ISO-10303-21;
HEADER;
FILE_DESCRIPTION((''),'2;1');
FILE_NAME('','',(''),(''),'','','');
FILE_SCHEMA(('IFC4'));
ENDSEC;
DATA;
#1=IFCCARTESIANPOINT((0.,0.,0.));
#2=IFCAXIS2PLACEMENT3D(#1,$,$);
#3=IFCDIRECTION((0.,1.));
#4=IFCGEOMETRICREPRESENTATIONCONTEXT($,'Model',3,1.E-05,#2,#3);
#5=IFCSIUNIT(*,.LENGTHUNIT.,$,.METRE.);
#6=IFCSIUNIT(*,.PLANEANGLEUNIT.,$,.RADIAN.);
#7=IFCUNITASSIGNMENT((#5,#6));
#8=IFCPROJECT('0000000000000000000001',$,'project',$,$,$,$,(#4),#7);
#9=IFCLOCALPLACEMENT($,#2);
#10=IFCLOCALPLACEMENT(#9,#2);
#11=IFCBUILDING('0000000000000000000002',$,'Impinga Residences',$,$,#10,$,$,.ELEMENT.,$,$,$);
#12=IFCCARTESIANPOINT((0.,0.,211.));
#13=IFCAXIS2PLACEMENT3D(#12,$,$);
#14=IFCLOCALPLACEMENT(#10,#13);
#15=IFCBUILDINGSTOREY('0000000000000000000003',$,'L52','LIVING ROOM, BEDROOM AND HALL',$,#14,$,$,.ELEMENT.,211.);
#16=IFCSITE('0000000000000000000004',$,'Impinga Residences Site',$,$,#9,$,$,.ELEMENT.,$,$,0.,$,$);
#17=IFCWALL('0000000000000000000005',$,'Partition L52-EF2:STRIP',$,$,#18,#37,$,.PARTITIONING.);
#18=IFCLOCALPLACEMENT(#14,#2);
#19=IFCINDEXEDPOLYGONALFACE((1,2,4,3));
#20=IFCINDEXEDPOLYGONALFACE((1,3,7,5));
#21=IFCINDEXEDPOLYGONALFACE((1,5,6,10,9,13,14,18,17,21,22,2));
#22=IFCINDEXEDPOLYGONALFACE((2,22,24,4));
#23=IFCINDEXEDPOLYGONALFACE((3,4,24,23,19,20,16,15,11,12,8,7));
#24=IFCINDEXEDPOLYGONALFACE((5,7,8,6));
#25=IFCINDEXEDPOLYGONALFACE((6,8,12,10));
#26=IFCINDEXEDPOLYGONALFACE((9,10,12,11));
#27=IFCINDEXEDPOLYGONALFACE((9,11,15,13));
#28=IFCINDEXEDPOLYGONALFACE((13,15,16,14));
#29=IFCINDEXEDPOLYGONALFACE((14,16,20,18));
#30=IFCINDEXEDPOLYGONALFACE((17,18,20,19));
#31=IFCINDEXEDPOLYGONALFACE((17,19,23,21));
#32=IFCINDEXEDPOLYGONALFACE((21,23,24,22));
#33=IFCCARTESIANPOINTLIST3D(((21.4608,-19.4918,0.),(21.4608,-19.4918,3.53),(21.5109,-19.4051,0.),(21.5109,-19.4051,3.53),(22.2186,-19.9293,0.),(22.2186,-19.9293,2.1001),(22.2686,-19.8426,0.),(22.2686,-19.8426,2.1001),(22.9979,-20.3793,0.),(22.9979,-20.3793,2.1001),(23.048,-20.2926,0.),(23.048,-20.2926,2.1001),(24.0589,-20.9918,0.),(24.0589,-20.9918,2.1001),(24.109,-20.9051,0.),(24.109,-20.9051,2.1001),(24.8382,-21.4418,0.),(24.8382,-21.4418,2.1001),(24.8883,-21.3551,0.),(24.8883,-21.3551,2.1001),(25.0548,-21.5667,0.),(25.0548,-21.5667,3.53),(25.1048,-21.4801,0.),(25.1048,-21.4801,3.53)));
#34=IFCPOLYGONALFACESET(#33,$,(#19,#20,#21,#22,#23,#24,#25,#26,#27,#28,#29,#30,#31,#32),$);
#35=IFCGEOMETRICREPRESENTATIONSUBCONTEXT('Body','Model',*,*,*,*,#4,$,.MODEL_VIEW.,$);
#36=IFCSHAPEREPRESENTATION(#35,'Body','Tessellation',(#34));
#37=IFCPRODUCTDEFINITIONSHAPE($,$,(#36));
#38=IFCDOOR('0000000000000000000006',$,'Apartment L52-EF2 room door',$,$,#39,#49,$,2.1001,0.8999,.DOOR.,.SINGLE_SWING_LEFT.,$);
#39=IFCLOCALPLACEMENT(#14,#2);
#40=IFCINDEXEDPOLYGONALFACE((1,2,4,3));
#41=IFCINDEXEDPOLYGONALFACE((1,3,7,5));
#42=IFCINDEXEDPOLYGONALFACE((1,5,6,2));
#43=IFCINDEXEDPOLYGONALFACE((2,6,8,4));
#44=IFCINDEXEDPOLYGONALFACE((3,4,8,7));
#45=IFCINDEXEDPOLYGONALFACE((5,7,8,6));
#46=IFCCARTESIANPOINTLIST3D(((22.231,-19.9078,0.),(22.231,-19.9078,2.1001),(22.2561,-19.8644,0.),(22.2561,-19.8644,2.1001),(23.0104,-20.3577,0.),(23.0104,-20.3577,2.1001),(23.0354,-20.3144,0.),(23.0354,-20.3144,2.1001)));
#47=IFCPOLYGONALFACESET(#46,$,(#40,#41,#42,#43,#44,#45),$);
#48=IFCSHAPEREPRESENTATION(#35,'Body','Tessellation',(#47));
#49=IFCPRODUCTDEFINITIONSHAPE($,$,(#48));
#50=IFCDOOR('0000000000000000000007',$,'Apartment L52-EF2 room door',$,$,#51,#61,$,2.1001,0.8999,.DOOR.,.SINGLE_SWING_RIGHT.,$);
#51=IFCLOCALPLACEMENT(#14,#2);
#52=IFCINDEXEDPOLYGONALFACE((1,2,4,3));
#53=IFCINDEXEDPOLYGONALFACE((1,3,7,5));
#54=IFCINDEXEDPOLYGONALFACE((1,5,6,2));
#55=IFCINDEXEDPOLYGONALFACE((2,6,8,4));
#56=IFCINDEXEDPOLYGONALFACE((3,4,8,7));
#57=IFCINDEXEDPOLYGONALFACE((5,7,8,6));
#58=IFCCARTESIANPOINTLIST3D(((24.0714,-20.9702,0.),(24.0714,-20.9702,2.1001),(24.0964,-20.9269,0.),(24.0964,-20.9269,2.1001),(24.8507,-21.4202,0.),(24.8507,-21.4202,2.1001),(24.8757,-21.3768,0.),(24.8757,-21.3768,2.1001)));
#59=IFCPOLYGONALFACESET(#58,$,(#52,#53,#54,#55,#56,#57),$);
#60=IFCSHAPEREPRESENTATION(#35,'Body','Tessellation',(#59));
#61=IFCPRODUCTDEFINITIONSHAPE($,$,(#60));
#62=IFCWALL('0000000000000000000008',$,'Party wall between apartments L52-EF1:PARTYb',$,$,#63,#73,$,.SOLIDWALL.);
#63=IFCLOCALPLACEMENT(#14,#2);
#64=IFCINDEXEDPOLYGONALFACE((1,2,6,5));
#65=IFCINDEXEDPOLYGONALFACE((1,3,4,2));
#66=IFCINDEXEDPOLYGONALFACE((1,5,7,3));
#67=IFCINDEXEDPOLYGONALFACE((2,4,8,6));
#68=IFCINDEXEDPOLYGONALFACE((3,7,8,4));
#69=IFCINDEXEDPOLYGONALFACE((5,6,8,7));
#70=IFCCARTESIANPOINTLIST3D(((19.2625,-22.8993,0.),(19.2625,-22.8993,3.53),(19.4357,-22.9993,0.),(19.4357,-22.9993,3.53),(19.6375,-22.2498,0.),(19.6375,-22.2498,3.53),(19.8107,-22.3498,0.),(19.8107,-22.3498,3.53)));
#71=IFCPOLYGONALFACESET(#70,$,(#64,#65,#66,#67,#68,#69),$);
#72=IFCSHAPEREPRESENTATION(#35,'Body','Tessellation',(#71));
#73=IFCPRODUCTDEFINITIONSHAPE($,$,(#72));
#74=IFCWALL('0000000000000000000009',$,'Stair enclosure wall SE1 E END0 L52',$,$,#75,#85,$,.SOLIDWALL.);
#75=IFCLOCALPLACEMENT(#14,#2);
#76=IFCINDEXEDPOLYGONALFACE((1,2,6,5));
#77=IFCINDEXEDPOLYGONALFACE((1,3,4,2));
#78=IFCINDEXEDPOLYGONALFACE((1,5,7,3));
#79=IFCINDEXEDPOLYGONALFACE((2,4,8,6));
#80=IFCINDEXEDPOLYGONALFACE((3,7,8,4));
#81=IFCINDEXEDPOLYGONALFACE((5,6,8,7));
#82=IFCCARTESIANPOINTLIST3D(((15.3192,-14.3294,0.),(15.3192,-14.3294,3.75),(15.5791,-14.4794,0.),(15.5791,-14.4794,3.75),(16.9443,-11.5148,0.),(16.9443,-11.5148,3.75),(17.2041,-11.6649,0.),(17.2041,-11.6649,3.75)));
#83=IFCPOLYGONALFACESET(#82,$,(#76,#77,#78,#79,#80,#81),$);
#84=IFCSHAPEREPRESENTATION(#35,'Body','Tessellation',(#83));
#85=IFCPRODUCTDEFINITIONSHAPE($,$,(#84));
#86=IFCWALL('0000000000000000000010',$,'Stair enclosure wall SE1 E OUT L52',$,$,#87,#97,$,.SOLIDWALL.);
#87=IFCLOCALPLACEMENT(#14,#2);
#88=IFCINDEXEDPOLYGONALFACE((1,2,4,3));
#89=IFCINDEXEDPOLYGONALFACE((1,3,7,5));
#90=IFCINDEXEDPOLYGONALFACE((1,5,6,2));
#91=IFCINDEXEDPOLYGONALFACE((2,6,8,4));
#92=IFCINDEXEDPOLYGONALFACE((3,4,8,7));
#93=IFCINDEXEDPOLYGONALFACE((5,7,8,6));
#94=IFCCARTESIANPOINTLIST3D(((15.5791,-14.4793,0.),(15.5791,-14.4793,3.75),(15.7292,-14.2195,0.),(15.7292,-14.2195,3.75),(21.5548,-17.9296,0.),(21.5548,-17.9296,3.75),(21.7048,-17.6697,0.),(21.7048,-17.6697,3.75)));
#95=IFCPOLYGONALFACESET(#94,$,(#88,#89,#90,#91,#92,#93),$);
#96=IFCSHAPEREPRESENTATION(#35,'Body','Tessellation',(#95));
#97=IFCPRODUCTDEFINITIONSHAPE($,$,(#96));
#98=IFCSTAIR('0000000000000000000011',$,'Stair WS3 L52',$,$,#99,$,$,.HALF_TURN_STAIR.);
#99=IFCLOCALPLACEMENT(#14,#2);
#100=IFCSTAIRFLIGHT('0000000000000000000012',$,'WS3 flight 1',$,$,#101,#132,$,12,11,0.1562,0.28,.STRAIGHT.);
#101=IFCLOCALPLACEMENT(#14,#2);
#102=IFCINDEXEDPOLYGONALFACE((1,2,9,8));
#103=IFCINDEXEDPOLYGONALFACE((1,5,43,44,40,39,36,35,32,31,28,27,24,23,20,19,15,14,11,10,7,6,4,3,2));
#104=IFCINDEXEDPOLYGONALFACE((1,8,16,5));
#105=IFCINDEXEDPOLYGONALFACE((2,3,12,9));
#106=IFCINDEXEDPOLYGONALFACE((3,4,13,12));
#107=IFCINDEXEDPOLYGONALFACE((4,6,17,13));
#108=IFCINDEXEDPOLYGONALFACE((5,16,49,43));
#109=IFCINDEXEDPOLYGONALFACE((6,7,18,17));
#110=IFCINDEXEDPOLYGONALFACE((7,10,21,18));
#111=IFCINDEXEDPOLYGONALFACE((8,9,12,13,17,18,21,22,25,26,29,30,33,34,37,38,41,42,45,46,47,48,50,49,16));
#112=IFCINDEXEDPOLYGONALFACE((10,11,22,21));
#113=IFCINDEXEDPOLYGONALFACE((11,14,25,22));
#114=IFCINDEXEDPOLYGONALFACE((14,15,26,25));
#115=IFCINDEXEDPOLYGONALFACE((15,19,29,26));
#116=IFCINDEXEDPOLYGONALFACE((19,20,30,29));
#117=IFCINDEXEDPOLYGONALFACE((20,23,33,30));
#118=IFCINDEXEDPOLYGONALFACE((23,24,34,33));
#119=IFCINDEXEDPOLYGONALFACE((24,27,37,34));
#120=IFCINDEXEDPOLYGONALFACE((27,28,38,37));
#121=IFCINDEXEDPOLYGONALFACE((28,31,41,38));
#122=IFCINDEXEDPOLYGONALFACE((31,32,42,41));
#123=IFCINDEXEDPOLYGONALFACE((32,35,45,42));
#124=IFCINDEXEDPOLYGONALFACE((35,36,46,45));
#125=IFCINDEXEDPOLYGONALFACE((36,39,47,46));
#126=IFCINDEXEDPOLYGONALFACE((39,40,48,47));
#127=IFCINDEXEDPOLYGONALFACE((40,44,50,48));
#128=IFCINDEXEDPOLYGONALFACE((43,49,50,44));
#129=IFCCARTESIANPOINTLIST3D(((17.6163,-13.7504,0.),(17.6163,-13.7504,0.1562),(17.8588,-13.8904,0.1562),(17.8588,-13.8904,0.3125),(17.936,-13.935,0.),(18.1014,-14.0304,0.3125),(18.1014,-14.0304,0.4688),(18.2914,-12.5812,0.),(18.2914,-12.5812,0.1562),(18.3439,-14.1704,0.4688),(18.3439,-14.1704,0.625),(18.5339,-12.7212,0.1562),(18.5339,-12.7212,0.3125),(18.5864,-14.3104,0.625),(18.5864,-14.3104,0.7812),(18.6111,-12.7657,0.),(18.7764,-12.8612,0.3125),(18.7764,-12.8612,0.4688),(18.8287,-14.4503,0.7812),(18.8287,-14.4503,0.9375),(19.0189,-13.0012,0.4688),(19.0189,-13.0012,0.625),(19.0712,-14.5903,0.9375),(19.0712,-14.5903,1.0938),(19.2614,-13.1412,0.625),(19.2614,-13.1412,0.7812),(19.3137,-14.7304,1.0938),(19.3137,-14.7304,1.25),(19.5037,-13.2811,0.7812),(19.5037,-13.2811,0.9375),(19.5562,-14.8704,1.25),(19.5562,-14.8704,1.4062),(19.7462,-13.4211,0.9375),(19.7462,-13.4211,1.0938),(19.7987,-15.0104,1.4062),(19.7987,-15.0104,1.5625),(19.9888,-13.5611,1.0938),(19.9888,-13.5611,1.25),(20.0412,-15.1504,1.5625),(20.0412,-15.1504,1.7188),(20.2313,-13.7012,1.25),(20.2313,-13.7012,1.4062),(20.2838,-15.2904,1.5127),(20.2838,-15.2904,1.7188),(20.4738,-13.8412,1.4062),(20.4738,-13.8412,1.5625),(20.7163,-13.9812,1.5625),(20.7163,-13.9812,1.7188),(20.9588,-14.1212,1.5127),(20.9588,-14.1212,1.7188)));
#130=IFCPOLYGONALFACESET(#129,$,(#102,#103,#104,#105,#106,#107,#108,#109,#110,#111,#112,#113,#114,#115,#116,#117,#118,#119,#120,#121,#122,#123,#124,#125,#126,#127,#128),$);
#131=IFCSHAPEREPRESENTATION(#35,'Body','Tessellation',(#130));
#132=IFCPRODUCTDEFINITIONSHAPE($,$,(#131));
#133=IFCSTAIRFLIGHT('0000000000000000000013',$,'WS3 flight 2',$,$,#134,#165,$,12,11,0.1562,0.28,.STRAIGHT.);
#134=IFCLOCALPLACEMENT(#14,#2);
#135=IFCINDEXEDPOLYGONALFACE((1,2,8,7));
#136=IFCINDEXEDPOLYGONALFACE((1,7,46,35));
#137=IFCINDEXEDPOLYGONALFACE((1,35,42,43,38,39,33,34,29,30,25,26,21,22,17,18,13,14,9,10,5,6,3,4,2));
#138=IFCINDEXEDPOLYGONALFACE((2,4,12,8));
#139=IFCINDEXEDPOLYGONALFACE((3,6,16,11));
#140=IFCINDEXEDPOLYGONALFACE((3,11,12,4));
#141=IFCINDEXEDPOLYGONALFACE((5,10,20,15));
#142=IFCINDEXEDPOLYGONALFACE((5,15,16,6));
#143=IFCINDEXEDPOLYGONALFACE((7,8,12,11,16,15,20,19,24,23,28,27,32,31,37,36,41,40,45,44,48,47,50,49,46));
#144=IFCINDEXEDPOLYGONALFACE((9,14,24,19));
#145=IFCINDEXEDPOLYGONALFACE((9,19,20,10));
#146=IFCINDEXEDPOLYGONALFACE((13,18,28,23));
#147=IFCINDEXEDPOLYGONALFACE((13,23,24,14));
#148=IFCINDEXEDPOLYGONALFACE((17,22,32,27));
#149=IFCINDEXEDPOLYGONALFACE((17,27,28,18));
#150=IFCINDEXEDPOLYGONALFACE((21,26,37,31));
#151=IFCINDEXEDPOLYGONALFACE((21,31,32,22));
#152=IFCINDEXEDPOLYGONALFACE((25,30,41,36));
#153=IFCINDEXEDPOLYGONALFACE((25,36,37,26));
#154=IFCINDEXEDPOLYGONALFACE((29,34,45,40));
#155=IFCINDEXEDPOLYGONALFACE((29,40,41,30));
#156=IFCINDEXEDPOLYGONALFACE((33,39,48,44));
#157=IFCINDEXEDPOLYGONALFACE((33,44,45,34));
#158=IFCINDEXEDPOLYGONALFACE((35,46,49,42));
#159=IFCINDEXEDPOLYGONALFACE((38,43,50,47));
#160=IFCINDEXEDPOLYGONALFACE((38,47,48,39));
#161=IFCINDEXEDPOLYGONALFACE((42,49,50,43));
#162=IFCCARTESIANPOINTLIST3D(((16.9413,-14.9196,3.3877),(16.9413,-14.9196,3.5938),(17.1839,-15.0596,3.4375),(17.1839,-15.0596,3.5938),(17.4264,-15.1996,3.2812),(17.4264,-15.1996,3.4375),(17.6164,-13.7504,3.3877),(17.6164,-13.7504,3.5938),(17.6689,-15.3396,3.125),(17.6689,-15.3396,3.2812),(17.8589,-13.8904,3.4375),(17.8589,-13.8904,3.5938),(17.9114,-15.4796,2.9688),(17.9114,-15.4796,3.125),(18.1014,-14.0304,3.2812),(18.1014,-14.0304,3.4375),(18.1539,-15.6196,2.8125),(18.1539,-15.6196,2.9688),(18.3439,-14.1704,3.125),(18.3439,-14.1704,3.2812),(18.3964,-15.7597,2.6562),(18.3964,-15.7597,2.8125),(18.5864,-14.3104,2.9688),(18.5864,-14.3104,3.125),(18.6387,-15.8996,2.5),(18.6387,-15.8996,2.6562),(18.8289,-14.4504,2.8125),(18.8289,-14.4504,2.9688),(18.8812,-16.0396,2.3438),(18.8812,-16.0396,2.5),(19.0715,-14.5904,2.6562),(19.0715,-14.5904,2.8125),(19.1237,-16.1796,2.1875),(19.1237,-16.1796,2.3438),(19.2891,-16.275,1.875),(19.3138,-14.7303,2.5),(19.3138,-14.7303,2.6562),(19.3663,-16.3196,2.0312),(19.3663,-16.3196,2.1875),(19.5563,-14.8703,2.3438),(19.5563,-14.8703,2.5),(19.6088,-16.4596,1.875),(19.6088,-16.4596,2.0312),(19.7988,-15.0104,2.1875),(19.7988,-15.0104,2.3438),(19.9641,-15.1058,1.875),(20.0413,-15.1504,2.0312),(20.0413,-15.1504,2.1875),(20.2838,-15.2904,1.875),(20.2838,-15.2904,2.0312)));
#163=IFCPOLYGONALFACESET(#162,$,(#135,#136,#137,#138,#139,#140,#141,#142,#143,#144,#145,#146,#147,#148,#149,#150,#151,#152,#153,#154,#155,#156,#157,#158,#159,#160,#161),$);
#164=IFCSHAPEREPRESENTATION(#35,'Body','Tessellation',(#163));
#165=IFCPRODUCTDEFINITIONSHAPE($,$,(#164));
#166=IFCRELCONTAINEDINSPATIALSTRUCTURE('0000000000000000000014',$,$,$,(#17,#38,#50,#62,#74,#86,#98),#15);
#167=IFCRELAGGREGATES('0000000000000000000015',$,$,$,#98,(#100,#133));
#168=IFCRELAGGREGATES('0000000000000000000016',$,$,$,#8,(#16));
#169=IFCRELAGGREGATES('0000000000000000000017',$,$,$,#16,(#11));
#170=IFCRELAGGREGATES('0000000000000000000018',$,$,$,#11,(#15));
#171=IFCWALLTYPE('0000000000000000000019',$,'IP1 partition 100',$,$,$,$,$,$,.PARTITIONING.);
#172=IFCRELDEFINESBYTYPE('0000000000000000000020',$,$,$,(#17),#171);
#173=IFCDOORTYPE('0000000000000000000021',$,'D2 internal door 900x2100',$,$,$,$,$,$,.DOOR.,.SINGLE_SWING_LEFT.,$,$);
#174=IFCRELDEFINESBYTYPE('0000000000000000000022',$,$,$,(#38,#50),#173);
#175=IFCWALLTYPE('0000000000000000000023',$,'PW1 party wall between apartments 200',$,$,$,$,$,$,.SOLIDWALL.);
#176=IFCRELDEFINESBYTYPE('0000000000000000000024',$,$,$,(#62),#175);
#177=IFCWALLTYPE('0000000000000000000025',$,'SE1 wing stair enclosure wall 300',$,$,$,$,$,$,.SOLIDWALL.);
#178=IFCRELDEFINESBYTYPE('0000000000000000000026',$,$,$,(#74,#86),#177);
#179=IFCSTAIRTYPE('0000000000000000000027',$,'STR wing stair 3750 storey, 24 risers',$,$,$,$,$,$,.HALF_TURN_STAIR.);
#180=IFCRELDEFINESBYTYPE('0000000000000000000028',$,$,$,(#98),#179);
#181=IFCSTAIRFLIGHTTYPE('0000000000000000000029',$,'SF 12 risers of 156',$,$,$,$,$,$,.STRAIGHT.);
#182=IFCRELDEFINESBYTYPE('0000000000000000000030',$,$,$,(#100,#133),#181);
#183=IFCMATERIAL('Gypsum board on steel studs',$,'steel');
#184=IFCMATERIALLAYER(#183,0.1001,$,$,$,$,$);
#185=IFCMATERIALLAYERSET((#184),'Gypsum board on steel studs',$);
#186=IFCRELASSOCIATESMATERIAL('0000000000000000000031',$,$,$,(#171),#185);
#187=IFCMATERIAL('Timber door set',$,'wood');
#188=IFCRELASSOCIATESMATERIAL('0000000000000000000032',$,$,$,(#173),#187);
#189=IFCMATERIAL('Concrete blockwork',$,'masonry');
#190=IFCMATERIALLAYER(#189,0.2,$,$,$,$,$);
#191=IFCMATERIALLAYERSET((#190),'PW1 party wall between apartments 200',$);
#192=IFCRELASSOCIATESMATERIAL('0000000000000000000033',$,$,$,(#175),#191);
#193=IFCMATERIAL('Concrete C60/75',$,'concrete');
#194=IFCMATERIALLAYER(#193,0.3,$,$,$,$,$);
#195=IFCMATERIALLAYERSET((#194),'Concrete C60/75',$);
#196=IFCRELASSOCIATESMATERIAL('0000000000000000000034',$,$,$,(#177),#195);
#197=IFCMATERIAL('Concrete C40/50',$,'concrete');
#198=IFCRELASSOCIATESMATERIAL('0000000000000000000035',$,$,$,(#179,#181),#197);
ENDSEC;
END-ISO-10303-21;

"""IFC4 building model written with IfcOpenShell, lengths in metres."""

from ifc_helpers import new_model, si_unit, direction, frame, frame_2d, origin, place, context, subcontext, project, spatial, polyline, rectangle, outline, extrude, material, layer, layer_set, type_object, element, fill, aggregate, save


model = new_model("IFC4")

# Units and contexts
model_context = context("Model", 3, precision=1e-05, world=origin(), true_north=direction((0.0, 1.0)))
body_context = subcontext(model_context, "Body", "Model", "MODEL_VIEW")
ifc_project = project(units=[si_unit("LENGTHUNIT", "METRE"), si_unit("PLANEANGLEUNIT", "RADIAN")], contexts=[model_context])

# Site, building, storey
site_placement = place(None, origin())
site = spatial("IfcSite", under=ifc_project, at=site_placement, Name="Impinga Residences Site", CompositionType="ELEMENT", RefElevation=0.0)
building_placement = place(site_placement, origin())
building = spatial("IfcBuilding", under=site, at=building_placement, Name="Impinga Residences", CompositionType="ELEMENT")
storey_placement = place(building_placement, frame((0.0, 0.0, 211.0)))
storey = spatial("IfcBuildingStorey", under=building, at=storey_placement, Name="L52", Description="LIVING ROOM, BEDROOM AND HALL", CompositionType="ELEMENT", Elevation=211.0)

# Shared definitions
ifc_material_1 = material(Name="Concrete C60/75", Category="concrete")

# Shared definitions
ifc_material_2 = material(Name="Gypsum board on steel studs", Category="steel")
ifc_layer_1 = layer(ifc_material_2, 0.1001)
ifc_layer_set_1 = layer_set([ifc_layer_1], Name="Gypsum board on steel studs")
wall_type_1 = type_object("IfcWallType", Name="IP1 partition 100", PredefinedType="PARTITIONING", material=ifc_layer_set_1)

# Wall, openings, doors
wall_1_placement = place(storey_placement, frame((21.4858, -19.4485, 0.0), z_axis=(0.0, 0.0, 1.0), x_axis=(0.86603, -0.499992, 0.0)))
wall_1 = element("IfcWall", 1, at=wall_1_placement, inside=storey, type_object=wall_type_1, Name="Partition L52-EF2:STRIP", PredefinedType="PARTITIONING", context=body_context, shape_type="SweptSolid", body=[
    extrude(rectangle(XDim=4.1499, YDim=0.1001, at=frame_2d((2.075, 0.0))), origin(), (0.0, 0.0, 1.0), 3.53),
])
opening_1_placement = place(wall_1_placement, frame((0.875, 0.0, 0.0)))
opening_1 = element("IfcOpeningElement", 2, at=opening_1_placement, cuts=wall_1, PredefinedType="OPENING", context=body_context, shape_type="SweptSolid", body=[
    extrude(rectangle(XDim=0.8999, YDim=2.1001, at=frame_2d((0.45, 1.05))), frame((0.0, 0.0601, 0.0), z_axis=(0.0, -1.0, 0.0), x_axis=(1.0, 0.0, 0.0)), (0.0, 0.0, 1.0), 0.1201),
])
opening_2_placement = place(wall_1_placement, frame((3.0, 0.0, 0.0)))
opening_2 = element("IfcOpeningElement", 3, at=opening_2_placement, cuts=wall_1, PredefinedType="OPENING", context=body_context, shape_type="SweptSolid", body=[
    extrude(rectangle(XDim=0.8999, YDim=2.1001, at=frame_2d((0.45, 1.05))), frame((0.0, 0.0601, 0.0), z_axis=(0.0, -1.0, 0.0), x_axis=(1.0, 0.0, 0.0)), (0.0, 0.0, 1.0), 0.1201),
])
ifc_material_3 = material(Name="Timber door set", Category="wood")
door_type = type_object("IfcDoorType", Name="D2 internal door 900x2100", OperationType="SINGLE_SWING_LEFT", PredefinedType="DOOR", material=ifc_material_3)
door_1_placement = place(opening_1_placement, origin())
door_1 = element("IfcDoor", 4, at=door_1_placement, inside=storey, type_object=door_type, Name="Apartment L52-EF2 room door", OperationType="SINGLE_SWING_LEFT", OverallHeight=2.1001, OverallWidth=0.8999, PredefinedType="DOOR", context=body_context, shape_type="SweptSolid", body=[
    extrude(rectangle(XDim=0.8999, YDim=2.1001, at=frame_2d((0.45, 1.05))), frame((0.0, 0.0249, 0.0), z_axis=(0.0, -1.0, 0.0), x_axis=(1.0, 0.0, 0.0)), (0.0, 0.0, 1.0), 0.05),
])
fill(opening_1, door_1)
door_2_placement = place(opening_2_placement, origin())
door_2 = element("IfcDoor", 5, at=door_2_placement, inside=storey, type_object=door_type, Name="Apartment L52-EF2 room door", OperationType="SINGLE_SWING_RIGHT", OverallHeight=2.1001, OverallWidth=0.8999, PredefinedType="DOOR", context=body_context, shape_type="SweptSolid", body=[
    extrude(rectangle(XDim=0.8999, YDim=2.1001, at=frame_2d((0.45, 1.05))), frame((0.0, 0.0249, 0.0), z_axis=(0.0, -1.0, 0.0), x_axis=(1.0, 0.0, 0.0)), (0.0, 0.0, 1.0), 0.05),
])
fill(opening_2, door_2)

# Walls
ifc_material_4 = material(Name="Concrete blockwork", Category="masonry")
ifc_layer_2 = layer(ifc_material_4, 0.2)
ifc_layer_set_2 = layer_set([ifc_layer_2], Name="PW1 party wall between apartments 200")
wall_type_2 = type_object("IfcWallType", Name="PW1 party wall between apartments 200", PredefinedType="SOLIDWALL", material=ifc_layer_set_2)
wall_2_placement = place(storey_placement, frame((19.7241, -22.2998, 0.0), z_axis=(0.0, 0.0, 1.0), x_axis=(-0.500061, -0.86599, 0.0)))
element("IfcWall", 6, at=wall_2_placement, inside=storey, type_object=wall_type_2, Name="Party wall between apartments L52-EF1:PARTYb", PredefinedType="SOLIDWALL", context=body_context, shape_type="SweptSolid", body=[
    extrude(rectangle(XDim=0.75, YDim=0.2, at=frame_2d((0.375, 0.0))), origin(), (0.0, 0.0, 1.0), 3.53),
])
ifc_layer_3 = layer(ifc_material_1, 0.3)
ifc_layer_set_3 = layer_set([ifc_layer_3], Name="Concrete C60/75")
wall_type_3 = type_object("IfcWallType", Name="SE1 wing stair enclosure wall 300", PredefinedType="SOLIDWALL", material=ifc_layer_set_3)
wall_3_placement = place(storey_placement, frame((17.0742, -11.5898, 0.0), z_axis=(0.0, 0.0, 1.0), x_axis=(-0.500017, -0.866015, 0.0)))
element("IfcWall", 7, at=wall_3_placement, inside=storey, type_object=wall_type_3, Name="Stair enclosure wall SE1 E END0 L52", PredefinedType="SOLIDWALL", context=body_context, shape_type="SweptSolid", body=[
    extrude(rectangle(XDim=3.25, YDim=0.3, at=frame_2d((1.625, 0.0))), origin(), (0.0, 0.0, 1.0), 3.75),
])
wall_4_placement = place(storey_placement, frame((15.6541, -14.3494, 0.0), z_axis=(0.0, 0.0, 1.0), x_axis=(0.866014, -0.500021, 0.0)))
element("IfcWall", 8, at=wall_4_placement, inside=storey, type_object=wall_type_3, Name="Stair enclosure wall SE1 E OUT L52", PredefinedType="SOLIDWALL", context=body_context, shape_type="SweptSolid", body=[
    extrude(rectangle(XDim=6.9001, YDim=0.3, at=frame_2d((3.4502, 0.0))), origin(), (0.0, 0.0, 1.0), 3.75),
])

# Stair, stair flights
ifc_material_5 = material(Name="Concrete C40/50", Category="concrete")
stair_type = type_object("IfcStairType", Name="STR wing stair 3750 storey, 24 risers", PredefinedType="HALF_TURN_STAIR", material=ifc_material_5)
stair_placement = place(storey_placement, origin())
stair = element("IfcStair", 9, at=stair_placement, inside=storey, type_object=stair_type, Name="Stair WS3 L52", PredefinedType="HALF_TURN_STAIR")
stair_flight_type = type_object("IfcStairFlightType", Name="SF 12 risers of 156", PredefinedType="STRAIGHT", material=ifc_material_5)
stair_flight_1_placement = place(storey_placement, frame((17.9539, -13.1658, 0.0), z_axis=(0.0, 0.0, 1.0), x_axis=(0.866025, -0.5, 0.0)))
stair_flight_1 = element("IfcStairFlight", 10, at=stair_flight_1_placement, type_object=stair_flight_type, Name="WS3 flight 1", NumberOfRisers=12, NumberOfTreads=11, PredefinedType="STRAIGHT", RiserHeight=0.1562, TreadLength=0.28, context=body_context, shape_type="SweptSolid", body=[
    extrude(outline(polyline([(0.0, 0.0), (0.0, 0.1562), (0.28, 0.1562), (0.28, 0.3125), (0.5601, 0.3125), (0.5601, 0.4688), (0.8401, 0.4688), (0.8401, 0.625), (1.1201, 0.625), (1.1201, 0.7812), (1.3999, 0.7812), (1.3999, 0.9375), (1.6799, 0.9375), (1.6799, 1.0938), (1.96, 1.0938), (1.96, 1.25), (2.24, 1.25), (2.24, 1.4062), (2.52, 1.4062), (2.52, 1.5625), (2.8, 1.5625), (2.8, 1.7188), (3.0801, 1.7188), (3.0801, 1.875), (3.0801, 1.5127), (0.3691, 0.0), (0.0, 0.0)])), frame((0.0, 0.675, 0.0), z_axis=(0.0, -1.0, 0.0), x_axis=(1.0, 0.0, 0.0)), (0.0, 0.0, 1.0), 1.3501),
])
stair_flight_2_placement = place(storey_placement, frame((19.9463, -15.875, 1.875), z_axis=(0.0, 0.0, 1.0), x_axis=(-0.866025, 0.5, 0.0)))
stair_flight_2 = element("IfcStairFlight", 11, at=stair_flight_2_placement, type_object=stair_flight_type, Name="WS3 flight 2", NumberOfRisers=12, NumberOfTreads=11, PredefinedType="STRAIGHT", RiserHeight=0.1562, TreadLength=0.28, context=body_context, shape_type="SweptSolid", body=[
    extrude(outline(polyline([(0.0, 0.0), (0.0, 0.1562), (0.28, 0.1562), (0.28, 0.3125), (0.5601, 0.3125), (0.5601, 0.4688), (0.8401, 0.4688), (0.8401, 0.625), (1.1201, 0.625), (1.1201, 0.7812), (1.3999, 0.7812), (1.3999, 0.9375), (1.6799, 0.9375), (1.6799, 1.0938), (1.96, 1.0938), (1.96, 1.25), (2.24, 1.25), (2.24, 1.4062), (2.52, 1.4062), (2.52, 1.5625), (2.8, 1.5625), (2.8, 1.7188), (3.0801, 1.7188), (3.0801, 1.875), (3.0801, 1.5127), (0.3691, 0.0), (0.0, 0.0)])), frame((0.0, 0.675, 0.0), z_axis=(0.0, -1.0, 0.0), x_axis=(1.0, 0.0, 0.0)), (0.0, 0.0, 1.0), 1.3501),
])
aggregate(stair, [stair_flight_1, stair_flight_2])

save(model, "model.ifc")
